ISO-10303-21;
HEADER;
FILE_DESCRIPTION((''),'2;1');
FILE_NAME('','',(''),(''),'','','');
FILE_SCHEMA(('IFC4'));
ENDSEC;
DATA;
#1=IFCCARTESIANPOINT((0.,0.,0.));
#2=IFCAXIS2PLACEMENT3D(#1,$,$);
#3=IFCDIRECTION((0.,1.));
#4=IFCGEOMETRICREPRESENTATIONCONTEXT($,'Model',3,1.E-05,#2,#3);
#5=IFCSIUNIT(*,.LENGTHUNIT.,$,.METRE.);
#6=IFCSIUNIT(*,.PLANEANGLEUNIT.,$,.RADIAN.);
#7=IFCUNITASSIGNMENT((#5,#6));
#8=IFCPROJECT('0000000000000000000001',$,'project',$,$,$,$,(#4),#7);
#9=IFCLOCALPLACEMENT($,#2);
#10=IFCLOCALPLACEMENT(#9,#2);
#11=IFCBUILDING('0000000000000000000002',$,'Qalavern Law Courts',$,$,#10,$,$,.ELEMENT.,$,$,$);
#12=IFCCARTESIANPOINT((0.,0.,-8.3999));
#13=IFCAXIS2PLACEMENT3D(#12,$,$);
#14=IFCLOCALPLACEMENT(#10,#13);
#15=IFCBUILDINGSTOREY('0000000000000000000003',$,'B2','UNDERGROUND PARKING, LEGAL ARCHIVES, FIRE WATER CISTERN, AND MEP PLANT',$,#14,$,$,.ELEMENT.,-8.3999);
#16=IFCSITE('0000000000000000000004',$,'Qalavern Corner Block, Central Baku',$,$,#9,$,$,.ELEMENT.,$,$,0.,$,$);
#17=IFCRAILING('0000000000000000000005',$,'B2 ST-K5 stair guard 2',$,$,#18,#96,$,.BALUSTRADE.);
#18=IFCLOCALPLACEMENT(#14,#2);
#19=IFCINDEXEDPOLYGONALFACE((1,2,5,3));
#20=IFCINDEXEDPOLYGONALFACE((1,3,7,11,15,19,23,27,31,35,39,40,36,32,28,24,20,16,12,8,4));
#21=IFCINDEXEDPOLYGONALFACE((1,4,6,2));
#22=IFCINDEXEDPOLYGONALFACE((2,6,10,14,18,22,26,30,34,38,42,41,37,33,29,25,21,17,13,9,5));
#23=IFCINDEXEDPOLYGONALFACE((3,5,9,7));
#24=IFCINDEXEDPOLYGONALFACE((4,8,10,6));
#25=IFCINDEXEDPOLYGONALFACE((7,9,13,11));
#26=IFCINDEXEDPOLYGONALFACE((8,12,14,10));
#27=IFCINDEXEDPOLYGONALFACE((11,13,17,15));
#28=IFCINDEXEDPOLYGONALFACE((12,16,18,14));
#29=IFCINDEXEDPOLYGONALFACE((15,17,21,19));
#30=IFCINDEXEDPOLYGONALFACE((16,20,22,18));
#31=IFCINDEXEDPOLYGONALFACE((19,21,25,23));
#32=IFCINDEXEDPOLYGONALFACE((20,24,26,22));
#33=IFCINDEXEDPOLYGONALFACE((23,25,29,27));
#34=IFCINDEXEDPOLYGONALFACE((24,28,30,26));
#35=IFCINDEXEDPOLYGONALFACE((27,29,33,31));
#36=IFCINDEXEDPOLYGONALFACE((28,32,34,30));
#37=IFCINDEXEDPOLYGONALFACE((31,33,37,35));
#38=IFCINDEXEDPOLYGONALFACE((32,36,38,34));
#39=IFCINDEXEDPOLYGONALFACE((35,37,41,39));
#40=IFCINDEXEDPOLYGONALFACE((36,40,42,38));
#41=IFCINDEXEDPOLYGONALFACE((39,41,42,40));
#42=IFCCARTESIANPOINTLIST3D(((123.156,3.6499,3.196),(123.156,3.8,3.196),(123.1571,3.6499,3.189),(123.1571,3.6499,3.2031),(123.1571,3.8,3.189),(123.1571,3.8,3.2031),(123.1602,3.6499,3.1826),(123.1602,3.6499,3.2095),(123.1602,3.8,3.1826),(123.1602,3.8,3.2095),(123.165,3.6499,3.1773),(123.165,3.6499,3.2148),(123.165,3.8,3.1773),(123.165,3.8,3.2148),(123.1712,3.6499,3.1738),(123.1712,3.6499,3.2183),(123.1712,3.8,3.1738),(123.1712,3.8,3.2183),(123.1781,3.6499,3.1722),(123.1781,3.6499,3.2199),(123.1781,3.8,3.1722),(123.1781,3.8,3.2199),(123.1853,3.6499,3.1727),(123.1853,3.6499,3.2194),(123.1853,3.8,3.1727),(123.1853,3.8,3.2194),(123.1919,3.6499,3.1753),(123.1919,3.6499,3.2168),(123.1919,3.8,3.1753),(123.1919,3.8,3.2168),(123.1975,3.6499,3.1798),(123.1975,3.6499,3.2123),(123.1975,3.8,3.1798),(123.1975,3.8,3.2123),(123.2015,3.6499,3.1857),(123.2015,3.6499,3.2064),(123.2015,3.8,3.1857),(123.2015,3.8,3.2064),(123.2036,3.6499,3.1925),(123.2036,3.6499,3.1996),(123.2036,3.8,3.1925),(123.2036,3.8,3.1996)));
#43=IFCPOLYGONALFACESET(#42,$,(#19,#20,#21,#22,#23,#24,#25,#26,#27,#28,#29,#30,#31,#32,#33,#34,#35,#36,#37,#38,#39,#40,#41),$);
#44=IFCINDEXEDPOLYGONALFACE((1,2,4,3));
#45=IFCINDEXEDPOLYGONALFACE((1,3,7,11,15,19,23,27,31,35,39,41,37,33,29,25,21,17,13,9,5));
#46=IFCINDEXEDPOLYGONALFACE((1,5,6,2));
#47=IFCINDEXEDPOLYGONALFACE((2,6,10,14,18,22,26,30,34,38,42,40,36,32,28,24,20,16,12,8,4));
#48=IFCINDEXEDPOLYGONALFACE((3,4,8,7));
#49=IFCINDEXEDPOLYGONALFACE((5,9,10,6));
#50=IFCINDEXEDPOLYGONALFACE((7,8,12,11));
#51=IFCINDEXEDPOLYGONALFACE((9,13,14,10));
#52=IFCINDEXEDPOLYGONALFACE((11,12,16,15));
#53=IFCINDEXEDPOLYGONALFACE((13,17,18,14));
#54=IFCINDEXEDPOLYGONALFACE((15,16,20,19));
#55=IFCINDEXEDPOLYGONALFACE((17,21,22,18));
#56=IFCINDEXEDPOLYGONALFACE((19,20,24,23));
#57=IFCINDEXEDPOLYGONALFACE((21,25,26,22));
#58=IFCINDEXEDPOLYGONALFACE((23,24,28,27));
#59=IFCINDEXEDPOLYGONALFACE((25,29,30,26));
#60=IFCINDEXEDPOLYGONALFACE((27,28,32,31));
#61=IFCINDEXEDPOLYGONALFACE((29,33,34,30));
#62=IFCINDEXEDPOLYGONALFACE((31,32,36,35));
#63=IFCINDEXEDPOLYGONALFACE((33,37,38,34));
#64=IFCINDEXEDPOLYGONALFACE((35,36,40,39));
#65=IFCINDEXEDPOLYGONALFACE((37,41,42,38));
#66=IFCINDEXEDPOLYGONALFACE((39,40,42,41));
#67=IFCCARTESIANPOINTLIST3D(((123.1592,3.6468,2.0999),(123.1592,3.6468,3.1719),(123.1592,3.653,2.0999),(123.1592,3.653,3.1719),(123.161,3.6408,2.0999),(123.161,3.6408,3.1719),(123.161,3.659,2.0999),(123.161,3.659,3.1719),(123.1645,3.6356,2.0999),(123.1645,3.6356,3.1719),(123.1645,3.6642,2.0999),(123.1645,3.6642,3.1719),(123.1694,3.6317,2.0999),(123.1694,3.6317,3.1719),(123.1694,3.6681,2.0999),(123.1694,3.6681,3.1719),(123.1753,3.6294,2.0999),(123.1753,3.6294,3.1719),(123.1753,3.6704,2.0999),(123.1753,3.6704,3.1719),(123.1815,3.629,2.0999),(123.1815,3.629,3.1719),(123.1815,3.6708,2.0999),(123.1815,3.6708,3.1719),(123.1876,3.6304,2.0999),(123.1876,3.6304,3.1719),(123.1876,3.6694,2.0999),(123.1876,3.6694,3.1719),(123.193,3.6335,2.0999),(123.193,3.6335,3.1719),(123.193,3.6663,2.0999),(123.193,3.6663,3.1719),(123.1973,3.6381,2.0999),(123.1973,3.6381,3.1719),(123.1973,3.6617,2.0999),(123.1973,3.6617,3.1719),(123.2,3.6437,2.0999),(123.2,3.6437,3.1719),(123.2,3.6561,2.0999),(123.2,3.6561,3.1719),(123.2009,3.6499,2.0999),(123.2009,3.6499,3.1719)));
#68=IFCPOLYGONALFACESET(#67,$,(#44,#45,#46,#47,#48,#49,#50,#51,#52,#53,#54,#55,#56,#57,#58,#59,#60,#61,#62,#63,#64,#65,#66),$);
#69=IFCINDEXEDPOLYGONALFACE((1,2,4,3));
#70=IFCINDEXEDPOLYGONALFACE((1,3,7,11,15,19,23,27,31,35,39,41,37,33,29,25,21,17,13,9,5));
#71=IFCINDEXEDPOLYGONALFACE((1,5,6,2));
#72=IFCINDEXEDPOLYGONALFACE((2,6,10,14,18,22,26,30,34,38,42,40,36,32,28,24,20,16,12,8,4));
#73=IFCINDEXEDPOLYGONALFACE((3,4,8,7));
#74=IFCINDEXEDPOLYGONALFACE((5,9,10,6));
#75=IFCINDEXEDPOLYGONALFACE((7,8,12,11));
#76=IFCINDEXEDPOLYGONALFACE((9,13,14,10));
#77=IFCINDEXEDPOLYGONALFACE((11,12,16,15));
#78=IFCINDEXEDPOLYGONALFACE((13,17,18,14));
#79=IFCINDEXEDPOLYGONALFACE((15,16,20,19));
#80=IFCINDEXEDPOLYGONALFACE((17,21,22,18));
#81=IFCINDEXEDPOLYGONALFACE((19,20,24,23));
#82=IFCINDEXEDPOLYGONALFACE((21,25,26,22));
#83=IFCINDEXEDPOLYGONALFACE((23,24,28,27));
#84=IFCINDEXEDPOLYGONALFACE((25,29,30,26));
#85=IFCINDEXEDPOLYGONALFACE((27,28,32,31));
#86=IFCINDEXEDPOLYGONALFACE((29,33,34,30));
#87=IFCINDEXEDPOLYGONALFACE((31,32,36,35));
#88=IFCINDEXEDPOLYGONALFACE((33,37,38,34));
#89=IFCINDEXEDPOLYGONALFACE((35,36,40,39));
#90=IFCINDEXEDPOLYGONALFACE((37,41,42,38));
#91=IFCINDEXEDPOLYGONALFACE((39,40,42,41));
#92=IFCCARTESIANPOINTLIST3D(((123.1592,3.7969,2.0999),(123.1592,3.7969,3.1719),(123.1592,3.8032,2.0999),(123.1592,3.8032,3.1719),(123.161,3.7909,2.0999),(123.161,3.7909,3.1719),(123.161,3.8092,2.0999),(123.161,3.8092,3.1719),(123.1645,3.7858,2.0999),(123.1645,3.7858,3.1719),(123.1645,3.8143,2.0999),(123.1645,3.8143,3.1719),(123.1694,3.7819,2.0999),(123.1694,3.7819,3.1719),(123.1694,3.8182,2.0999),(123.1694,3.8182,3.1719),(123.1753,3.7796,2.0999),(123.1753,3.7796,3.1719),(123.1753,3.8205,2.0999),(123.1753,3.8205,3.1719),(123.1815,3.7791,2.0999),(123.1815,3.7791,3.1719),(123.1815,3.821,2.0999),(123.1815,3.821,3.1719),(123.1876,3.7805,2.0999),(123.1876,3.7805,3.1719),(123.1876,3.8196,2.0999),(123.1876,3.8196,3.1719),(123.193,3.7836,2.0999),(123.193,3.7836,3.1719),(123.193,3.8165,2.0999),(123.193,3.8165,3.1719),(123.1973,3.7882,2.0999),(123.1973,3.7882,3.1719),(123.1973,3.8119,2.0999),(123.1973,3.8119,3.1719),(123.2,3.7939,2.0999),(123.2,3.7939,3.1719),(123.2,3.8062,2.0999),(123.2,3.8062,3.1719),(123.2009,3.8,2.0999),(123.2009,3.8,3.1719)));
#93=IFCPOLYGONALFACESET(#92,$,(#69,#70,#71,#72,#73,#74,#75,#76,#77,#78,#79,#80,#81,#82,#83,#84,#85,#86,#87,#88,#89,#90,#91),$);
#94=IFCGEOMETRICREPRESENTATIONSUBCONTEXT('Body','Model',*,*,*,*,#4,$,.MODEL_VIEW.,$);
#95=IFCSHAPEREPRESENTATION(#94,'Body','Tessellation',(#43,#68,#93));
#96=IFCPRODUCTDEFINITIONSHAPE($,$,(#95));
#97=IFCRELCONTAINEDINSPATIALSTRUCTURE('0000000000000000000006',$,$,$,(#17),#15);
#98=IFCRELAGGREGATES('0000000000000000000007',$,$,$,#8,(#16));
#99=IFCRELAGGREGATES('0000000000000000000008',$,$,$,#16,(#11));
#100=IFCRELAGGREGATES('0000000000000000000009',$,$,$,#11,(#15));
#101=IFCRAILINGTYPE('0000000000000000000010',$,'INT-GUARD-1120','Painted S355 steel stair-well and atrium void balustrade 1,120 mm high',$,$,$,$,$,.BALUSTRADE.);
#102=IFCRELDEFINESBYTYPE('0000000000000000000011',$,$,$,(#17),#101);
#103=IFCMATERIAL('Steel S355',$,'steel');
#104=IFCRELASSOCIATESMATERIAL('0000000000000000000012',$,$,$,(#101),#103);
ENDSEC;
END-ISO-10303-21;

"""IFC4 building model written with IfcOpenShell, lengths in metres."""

from ifc_helpers import new_model, si_unit, direction, frame, origin, origin_2d, place, context, subcontext, project, spatial, circle, extrude, material, type_object, element, save


model = new_model("IFC4")

# Units and contexts
model_context = context("Model", 3, precision=1e-05, world=origin(), true_north=direction((0.0, 1.0)))
body_context = subcontext(model_context, "Body", "Model", "MODEL_VIEW")
ifc_project = project(units=[si_unit("LENGTHUNIT", "METRE"), si_unit("PLANEANGLEUNIT", "RADIAN")], contexts=[model_context])

# Site, building, storey
site_placement = place(None, origin())
site = spatial("IfcSite", under=ifc_project, at=site_placement, Name="Qalavern Corner Block, Central Baku", CompositionType="ELEMENT", RefElevation=0.0)
building_placement = place(site_placement, origin())
building = spatial("IfcBuilding", under=site, at=building_placement, Name="Qalavern Law Courts", CompositionType="ELEMENT")
storey_placement = place(building_placement, frame((0.0, 0.0, -8.3999)))
storey = spatial("IfcBuildingStorey", under=building, at=storey_placement, Name="B2", Description="UNDERGROUND PARKING, LEGAL ARCHIVES, FIRE WATER CISTERN, AND MEP PLANT", CompositionType="ELEMENT", Elevation=-8.3999)

# Railing
ifc_material_1 = material(Name="Steel S355", Category="steel")
railing_type_1 = type_object("IfcRailingType", Name="INT-GUARD-1120", Description="Painted S355 steel stair-well and atrium void balustrade 1,120 mm high", PredefinedType="BALUSTRADE", material=ifc_material_1)
railing_1_placement = place(storey_placement, frame((123.1799, 3.6499, 2.0999)))
element("IfcRailing", 1, at=railing_1_placement, inside=storey, type_object=railing_type_1, Name="B2 ST-K5 stair guard 2", PredefinedType="BALUSTRADE", context=body_context, shape_type="SweptSolid", body=[
    extrude(circle(Radius=0.0239, at=origin_2d()), frame((0.0, 0.0, 1.0962), z_axis=(0.0, 1.0, 0.0), x_axis=(-1.0, 0.0, 0.0)), (0.0, 0.0, 1.0), 0.1501),
    extrude(circle(Radius=0.021, at=origin_2d()), origin(), (0.0, 0.0, 1.0), 1.072),
    extrude(circle(Radius=0.021, at=origin_2d()), frame((0.0, 0.1501, 0.0)), (0.0, 0.0, 1.0), 1.072),
])

save(model, "model.ifc")
